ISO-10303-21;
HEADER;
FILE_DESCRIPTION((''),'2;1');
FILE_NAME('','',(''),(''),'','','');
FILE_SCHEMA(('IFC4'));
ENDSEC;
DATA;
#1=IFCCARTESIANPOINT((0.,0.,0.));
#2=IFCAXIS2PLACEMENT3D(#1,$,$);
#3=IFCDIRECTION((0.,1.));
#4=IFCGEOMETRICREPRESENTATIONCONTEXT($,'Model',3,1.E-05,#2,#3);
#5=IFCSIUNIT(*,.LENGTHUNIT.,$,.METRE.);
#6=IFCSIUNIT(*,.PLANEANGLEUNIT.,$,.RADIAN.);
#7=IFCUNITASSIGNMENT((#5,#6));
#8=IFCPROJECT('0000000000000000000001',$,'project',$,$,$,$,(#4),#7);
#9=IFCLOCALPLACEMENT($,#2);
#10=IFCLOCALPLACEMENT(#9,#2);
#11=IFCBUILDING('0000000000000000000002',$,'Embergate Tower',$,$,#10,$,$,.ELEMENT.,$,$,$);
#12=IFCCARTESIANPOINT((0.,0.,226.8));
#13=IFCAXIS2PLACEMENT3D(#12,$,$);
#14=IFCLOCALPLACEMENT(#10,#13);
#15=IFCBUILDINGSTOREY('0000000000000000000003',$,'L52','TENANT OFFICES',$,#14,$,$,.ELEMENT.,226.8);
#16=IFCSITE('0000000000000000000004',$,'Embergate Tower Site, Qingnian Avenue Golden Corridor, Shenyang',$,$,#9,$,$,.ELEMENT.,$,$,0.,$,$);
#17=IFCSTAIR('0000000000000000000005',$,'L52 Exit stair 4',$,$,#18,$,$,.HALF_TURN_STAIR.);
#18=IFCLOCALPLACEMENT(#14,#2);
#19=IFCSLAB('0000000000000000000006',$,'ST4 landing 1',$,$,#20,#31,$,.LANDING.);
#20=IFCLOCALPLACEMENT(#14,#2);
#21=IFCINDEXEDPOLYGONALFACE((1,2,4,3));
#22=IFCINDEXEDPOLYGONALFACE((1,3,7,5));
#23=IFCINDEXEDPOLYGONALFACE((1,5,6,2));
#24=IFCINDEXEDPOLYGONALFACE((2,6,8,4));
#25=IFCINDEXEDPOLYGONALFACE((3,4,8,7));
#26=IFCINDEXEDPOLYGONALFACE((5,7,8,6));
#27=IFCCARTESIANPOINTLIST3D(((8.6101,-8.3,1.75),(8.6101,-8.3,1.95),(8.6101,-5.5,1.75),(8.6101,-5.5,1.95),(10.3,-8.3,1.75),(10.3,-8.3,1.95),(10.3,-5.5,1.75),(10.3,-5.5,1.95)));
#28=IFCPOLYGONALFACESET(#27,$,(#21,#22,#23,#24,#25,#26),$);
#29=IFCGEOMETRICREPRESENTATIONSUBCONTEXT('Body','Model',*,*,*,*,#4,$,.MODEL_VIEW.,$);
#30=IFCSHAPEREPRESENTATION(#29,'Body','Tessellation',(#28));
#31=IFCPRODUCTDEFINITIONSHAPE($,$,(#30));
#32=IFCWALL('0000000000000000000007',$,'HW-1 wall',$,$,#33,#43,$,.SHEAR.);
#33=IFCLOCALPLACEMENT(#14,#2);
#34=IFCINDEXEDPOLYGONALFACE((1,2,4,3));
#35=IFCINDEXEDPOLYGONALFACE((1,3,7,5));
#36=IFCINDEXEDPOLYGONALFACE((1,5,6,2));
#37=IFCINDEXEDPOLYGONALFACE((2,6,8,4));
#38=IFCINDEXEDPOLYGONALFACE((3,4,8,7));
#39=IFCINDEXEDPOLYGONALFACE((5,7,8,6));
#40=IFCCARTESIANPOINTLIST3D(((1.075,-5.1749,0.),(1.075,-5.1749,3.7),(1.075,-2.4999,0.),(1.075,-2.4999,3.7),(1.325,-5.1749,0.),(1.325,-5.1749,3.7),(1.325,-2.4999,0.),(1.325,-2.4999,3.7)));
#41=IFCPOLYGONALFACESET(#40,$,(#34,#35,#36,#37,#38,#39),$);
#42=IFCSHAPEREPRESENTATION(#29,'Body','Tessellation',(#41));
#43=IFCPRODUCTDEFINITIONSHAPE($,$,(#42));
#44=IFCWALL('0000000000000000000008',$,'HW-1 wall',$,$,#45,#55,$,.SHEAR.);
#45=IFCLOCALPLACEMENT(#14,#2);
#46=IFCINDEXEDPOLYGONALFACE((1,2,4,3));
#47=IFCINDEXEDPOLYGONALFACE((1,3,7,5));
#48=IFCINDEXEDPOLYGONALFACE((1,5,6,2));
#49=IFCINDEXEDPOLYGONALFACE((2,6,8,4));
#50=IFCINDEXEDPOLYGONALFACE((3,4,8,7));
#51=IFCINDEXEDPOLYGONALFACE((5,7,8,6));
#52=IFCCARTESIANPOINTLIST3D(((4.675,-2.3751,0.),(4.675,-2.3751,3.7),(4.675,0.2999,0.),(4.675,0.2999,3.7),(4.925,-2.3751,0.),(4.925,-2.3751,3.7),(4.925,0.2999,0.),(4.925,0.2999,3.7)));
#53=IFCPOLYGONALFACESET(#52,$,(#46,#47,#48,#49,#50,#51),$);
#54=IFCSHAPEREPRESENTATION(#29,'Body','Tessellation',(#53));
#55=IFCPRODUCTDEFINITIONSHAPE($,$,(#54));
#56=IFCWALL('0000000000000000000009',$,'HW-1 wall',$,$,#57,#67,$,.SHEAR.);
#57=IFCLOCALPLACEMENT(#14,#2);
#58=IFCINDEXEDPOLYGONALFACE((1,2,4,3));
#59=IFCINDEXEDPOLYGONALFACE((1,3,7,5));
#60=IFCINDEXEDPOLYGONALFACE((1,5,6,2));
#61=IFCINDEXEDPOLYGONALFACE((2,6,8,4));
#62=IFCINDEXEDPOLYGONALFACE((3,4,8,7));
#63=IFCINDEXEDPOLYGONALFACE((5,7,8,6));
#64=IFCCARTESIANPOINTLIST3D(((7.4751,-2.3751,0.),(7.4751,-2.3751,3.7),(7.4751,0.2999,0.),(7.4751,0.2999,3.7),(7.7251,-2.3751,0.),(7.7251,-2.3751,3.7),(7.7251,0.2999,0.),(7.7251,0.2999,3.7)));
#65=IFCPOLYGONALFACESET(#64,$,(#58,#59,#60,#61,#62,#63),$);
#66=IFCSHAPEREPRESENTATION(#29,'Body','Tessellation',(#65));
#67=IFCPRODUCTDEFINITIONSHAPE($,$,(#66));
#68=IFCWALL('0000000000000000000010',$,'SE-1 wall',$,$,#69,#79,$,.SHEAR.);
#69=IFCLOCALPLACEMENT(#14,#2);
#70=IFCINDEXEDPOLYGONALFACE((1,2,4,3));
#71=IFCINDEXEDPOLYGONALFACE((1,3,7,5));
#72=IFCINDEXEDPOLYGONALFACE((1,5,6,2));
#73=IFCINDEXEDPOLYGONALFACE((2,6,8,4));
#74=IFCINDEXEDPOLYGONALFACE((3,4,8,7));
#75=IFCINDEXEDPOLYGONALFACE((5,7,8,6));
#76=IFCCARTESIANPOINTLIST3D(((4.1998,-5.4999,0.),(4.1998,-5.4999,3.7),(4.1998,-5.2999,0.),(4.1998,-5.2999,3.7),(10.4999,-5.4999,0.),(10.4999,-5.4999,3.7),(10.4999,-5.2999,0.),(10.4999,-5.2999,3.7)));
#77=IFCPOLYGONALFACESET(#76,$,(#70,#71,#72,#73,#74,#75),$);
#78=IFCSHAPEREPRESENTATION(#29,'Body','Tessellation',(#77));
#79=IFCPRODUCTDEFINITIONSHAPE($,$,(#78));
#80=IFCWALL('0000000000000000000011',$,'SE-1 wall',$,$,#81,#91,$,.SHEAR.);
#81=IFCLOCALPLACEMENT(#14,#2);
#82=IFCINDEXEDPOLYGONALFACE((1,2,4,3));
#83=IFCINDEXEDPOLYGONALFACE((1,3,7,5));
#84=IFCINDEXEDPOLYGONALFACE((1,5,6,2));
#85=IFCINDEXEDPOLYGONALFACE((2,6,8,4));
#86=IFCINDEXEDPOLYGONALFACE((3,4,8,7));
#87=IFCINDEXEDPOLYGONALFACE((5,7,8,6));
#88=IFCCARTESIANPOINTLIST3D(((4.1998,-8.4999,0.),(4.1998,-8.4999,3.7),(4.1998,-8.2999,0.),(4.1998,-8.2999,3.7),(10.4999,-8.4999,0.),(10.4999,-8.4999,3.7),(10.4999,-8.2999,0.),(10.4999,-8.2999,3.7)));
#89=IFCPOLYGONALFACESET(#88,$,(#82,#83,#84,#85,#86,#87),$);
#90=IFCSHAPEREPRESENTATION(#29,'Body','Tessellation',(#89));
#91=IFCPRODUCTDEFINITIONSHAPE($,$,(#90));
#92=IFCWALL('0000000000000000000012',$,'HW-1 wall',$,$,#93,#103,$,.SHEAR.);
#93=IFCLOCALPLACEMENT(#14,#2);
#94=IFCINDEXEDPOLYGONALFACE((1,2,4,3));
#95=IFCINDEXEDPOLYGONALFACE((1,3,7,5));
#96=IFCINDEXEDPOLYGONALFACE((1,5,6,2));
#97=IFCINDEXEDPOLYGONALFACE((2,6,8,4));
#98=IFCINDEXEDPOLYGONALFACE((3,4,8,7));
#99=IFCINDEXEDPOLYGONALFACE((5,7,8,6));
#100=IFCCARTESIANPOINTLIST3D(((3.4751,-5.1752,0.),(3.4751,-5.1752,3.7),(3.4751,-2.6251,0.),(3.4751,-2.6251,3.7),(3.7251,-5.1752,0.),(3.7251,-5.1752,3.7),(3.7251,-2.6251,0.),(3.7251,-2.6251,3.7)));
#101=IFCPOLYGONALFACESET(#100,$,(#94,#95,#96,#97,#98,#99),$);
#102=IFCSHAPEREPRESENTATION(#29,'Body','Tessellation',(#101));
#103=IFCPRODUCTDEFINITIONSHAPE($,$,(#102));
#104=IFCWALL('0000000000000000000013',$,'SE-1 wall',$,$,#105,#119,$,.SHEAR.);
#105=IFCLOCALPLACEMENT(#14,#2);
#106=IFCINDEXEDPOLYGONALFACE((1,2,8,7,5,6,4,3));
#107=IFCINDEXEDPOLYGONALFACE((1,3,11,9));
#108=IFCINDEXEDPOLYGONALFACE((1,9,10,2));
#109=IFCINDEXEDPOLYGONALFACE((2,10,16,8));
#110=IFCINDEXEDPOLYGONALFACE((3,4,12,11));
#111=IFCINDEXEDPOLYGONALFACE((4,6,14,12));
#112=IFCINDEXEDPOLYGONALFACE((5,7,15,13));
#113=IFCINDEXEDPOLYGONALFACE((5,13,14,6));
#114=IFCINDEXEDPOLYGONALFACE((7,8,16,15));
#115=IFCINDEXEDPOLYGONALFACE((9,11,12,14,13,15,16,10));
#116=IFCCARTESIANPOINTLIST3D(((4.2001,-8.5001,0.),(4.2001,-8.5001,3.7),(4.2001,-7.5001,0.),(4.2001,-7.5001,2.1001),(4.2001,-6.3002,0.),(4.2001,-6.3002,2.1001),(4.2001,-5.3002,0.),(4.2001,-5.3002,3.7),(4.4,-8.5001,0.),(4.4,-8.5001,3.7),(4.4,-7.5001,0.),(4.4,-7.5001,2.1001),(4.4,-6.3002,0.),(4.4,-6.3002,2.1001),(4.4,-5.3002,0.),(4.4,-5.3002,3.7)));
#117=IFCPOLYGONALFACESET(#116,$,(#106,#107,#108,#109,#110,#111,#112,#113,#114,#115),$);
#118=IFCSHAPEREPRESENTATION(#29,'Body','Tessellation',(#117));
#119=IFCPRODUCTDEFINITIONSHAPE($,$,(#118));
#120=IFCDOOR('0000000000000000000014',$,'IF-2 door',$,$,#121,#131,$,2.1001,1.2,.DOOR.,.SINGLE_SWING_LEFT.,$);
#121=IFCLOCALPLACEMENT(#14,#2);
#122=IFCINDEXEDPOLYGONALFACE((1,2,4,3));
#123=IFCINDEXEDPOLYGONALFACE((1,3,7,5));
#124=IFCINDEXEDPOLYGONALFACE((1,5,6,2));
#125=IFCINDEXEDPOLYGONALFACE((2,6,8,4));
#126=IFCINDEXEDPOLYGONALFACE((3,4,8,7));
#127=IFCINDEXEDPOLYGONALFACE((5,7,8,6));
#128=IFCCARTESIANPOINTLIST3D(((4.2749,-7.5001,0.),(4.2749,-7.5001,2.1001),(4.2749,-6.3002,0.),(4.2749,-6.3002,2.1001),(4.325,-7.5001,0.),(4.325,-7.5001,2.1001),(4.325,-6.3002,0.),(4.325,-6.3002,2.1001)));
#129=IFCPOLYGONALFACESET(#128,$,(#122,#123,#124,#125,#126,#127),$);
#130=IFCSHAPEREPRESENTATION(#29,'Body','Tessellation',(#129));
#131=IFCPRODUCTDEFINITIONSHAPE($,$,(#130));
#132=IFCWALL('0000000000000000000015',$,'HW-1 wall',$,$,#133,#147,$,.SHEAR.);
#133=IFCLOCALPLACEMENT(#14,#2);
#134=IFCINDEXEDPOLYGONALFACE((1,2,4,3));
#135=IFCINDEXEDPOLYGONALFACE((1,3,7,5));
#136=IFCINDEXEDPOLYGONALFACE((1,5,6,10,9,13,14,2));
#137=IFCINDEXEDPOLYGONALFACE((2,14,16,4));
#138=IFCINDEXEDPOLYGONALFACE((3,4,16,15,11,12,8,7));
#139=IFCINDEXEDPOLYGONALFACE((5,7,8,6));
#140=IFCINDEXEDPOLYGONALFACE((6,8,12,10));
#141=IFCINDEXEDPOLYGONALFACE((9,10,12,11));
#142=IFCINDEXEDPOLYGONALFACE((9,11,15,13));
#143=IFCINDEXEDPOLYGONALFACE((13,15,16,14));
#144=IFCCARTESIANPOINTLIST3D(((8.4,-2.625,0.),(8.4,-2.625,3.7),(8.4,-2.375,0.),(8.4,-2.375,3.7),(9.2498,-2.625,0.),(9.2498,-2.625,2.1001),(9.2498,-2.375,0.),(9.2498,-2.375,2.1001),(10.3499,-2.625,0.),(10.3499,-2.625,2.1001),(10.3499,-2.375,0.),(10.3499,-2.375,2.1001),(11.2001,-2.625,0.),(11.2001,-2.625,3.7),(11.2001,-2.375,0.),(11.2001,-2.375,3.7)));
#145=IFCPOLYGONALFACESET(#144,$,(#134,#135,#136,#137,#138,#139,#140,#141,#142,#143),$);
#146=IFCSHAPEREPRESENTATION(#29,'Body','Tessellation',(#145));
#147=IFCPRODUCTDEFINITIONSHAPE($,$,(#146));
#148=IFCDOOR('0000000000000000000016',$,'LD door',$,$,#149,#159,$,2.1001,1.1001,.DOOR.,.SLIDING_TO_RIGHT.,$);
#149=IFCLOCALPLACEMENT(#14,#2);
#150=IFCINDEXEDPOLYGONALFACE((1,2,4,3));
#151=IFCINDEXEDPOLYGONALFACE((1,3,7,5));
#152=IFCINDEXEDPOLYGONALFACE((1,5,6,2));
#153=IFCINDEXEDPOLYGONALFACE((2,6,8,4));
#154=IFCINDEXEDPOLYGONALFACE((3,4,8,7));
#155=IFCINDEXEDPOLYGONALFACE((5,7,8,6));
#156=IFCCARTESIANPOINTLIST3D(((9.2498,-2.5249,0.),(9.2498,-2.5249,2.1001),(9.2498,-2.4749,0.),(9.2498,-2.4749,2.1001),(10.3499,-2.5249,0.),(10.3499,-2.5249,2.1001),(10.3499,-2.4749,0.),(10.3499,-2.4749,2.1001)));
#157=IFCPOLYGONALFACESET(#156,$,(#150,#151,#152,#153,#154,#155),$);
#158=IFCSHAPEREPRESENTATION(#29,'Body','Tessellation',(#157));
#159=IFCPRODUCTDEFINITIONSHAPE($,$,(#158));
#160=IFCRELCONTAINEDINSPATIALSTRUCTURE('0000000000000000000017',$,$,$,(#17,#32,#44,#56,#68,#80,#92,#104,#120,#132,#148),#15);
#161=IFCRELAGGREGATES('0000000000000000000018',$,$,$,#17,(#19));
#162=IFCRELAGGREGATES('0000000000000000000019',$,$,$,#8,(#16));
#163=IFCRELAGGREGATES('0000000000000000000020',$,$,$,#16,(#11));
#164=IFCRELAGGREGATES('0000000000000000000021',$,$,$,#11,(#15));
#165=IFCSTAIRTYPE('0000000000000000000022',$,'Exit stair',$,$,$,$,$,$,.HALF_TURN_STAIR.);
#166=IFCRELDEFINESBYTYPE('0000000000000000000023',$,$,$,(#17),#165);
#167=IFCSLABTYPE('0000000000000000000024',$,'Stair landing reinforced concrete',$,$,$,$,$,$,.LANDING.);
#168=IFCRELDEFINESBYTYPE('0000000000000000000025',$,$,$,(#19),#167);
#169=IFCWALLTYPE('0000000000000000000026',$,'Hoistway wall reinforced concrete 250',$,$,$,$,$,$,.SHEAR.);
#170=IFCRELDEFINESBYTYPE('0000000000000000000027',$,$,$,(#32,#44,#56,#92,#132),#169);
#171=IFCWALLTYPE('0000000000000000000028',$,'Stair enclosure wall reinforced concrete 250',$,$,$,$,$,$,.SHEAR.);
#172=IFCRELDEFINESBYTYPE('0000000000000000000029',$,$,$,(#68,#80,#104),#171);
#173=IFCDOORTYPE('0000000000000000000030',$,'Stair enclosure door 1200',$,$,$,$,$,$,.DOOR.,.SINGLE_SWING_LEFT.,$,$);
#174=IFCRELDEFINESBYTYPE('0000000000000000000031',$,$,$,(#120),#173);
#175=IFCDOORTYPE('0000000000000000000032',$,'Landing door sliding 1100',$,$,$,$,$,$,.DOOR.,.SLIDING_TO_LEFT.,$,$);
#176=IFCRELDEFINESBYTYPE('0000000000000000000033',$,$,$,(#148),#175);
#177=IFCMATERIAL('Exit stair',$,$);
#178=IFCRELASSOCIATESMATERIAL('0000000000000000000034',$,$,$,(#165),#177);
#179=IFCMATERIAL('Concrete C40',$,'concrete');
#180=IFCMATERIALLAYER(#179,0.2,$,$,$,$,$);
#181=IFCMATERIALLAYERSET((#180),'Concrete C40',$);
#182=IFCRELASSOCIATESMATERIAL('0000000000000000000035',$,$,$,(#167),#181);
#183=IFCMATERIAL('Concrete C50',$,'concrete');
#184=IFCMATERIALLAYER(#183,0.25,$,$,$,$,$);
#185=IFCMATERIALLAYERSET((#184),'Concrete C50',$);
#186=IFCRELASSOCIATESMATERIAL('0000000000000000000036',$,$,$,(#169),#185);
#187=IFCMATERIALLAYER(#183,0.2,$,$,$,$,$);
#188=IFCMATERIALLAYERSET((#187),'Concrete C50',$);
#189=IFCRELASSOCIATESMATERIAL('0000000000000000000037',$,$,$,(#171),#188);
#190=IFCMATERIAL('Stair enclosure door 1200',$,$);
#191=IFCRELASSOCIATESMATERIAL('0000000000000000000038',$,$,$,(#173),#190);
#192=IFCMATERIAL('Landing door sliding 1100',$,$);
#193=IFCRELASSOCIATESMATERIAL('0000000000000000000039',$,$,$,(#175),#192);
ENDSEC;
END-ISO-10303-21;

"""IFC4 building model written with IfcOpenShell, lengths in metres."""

from ifc_helpers import new_model, si_unit, direction, frame, frame_2d, origin, place, context, subcontext, project, spatial, polyline, rectangle, outline, extrude, source, transform, mapped, material, layer, layer_set, type_object, element, fill, aggregate, save


model = new_model("IFC4")

# Units and contexts
model_context = context("Model", 3, precision=1e-05, world=origin(), true_north=direction((0.0, 1.0)))
body_context = subcontext(model_context, "Body", "Model", "MODEL_VIEW")
ifc_project = project(units=[si_unit("LENGTHUNIT", "METRE"), si_unit("PLANEANGLEUNIT", "RADIAN")], contexts=[model_context])

# Site, building, storey
site_placement = place(None, origin())
site = spatial("IfcSite", under=ifc_project, at=site_placement, Name="Embergate Tower Site, Qingnian Avenue Golden Corridor, Shenyang", CompositionType="ELEMENT", RefElevation=0.0)
building_placement = place(site_placement, origin())
building = spatial("IfcBuilding", under=site, at=building_placement, Name="Embergate Tower", CompositionType="ELEMENT")
storey_placement = place(building_placement, frame((0.0, 0.0, 226.8)))
storey = spatial("IfcBuildingStorey", under=building, at=storey_placement, Name="L52", Description="TENANT OFFICES", CompositionType="ELEMENT", Elevation=226.8)

# Stair, slab
ifc_material_1 = material(Name="Exit stair")
stair_type = type_object("IfcStairType", Name="Exit stair", PredefinedType="HALF_TURN_STAIR", material=ifc_material_1)
stair_placement = place(storey_placement, origin())
stair = element("IfcStair", 1, at=stair_placement, inside=storey, type_object=stair_type, Name="L52 Exit stair 4", PredefinedType="HALF_TURN_STAIR")
ifc_material_2 = material(Name="Concrete C40", Category="concrete")
ifc_layer_1 = layer(ifc_material_2, 0.2)
ifc_layer_set_1 = layer_set([ifc_layer_1], Name="Concrete C40")
slab_type = type_object("IfcSlabType", Name="Stair landing reinforced concrete", PredefinedType="LANDING", material=ifc_layer_set_1)
shared_shape_1 = source(origin(), body_context, "Body", "SweptSolid", [
    extrude(outline(polyline([(0.0, 0.0), (1.6899, 0.0), (1.6899, 2.8), (0.0, 2.8), (0.0, 0.0)])), origin(), (0.0, 0.0, 1.0), 0.2),
])
slab_placement = place(storey_placement, frame((8.6101, -8.3, 1.75)))
slab = element("IfcSlab", 2, at=slab_placement, type_object=slab_type, Name="ST4 landing 1", PredefinedType="LANDING", context=body_context, shape_type="MappedRepresentation", body=[
    mapped(shared_shape_1, transform((0.0, 0.0, 0.0))),
])

# Walls
ifc_material_3 = material(Name="Concrete C50", Category="concrete")
ifc_layer_2 = layer(ifc_material_3, 0.25)
ifc_layer_set_2 = layer_set([ifc_layer_2], Name="Concrete C50")
wall_type_1 = type_object("IfcWallType", Name="Hoistway wall reinforced concrete 250", PredefinedType="SHEAR", material=ifc_layer_set_2)
shared_shape_2 = source(origin(), body_context, "Body", "SweptSolid", [
    extrude(rectangle(XDim=2.675, YDim=0.25, at=frame_2d((1.3374, 0.0))), origin(), (0.0, 0.0, 1.0), 3.7),
])
for number, where, z_axis, x_axis, name in (
    (3, (1.2, -2.5, 0.0), (0.0, 0.0, 1.0), (0.0, -1.0, 0.0), "HW-1 wall"),
    (4, (4.8, -2.375, 0.0), (0.0, 0.0, 1.0), (0.0, 1.0, 0.0), "HW-1 wall"),
    (5, (7.6001, -2.375, 0.0), (0.0, 0.0, 1.0), (0.0, 1.0, 0.0), "HW-1 wall"),
):
    element("IfcWall", number, at=place(storey_placement, frame(where, z_axis=z_axis, x_axis=x_axis)), inside=storey, type_object=wall_type_1, Name=name, PredefinedType="SHEAR", context=body_context, shape_type="MappedRepresentation", body=[
        mapped(shared_shape_2, transform((0.0, 0.0, 0.0))),
    ])
ifc_layer_3 = layer(ifc_material_3, 0.2)
ifc_layer_set_3 = layer_set([ifc_layer_3], Name="Concrete C50")
wall_type_2 = type_object("IfcWallType", Name="Stair enclosure wall reinforced concrete 250", PredefinedType="SHEAR", material=ifc_layer_set_3)
shared_shape_3 = source(origin(), body_context, "Body", "SweptSolid", [
    extrude(rectangle(XDim=6.3, YDim=0.2, at=frame_2d((3.1499, 0.0))), origin(), (0.0, 0.0, 1.0), 3.7),
])
for number, where, z_axis, x_axis, name in (
    (6, (4.2, -5.3999, 0.0), (0.0, 0.0, 1.0), (1.0, 0.0, 0.0), "SE-1 wall"),
    (7, (4.2, -8.3999, 0.0), (0.0, 0.0, 1.0), (1.0, 0.0, 0.0), "SE-1 wall"),
):
    element("IfcWall", number, at=place(storey_placement, frame(where, z_axis=z_axis, x_axis=x_axis)), inside=storey, type_object=wall_type_2, Name=name, PredefinedType="SHEAR", context=body_context, shape_type="MappedRepresentation", body=[
        mapped(shared_shape_3, transform((0.0, 0.0, 0.0))),
    ])
shared_shape_4 = source(origin(), body_context, "Body", "SweptSolid", [
    extrude(rectangle(XDim=2.55, YDim=0.25, at=frame_2d((1.2749, 0.0))), origin(), (0.0, 0.0, 1.0), 3.7),
])
wall_1_placement = place(storey_placement, frame((3.6001, -5.175, 0.0), z_axis=(0.0, 0.0, 1.0), x_axis=(0.0, 1.0, 0.0)))
element("IfcWall", 8, at=wall_1_placement, inside=storey, type_object=wall_type_1, Name="HW-1 wall", PredefinedType="SHEAR", context=body_context, shape_type="MappedRepresentation", body=[
    mapped(shared_shape_4, transform((0.0, 0.0, 0.0))),
])

# Walls, openings, doors
shared_shape_5 = source(origin(), body_context, "Body", "SweptSolid", [
    extrude(rectangle(XDim=3.2, YDim=0.2, at=frame_2d((1.6001, 0.0))), origin(), (0.0, 0.0, 1.0), 3.7),
])
wall_2_placement = place(storey_placement, frame((4.3, -5.3, 0.0), z_axis=(0.0, 0.0, 1.0), x_axis=(0.0, -1.0, 0.0)))
wall_2 = element("IfcWall", 9, at=wall_2_placement, inside=storey, type_object=wall_type_2, Name="SE-1 wall", PredefinedType="SHEAR", context=body_context, shape_type="MappedRepresentation", body=[
    mapped(shared_shape_5, transform((0.0, 0.0, 0.0))),
])
shared_shape_6 = source(origin(), body_context, "Body", "SweptSolid", [
    extrude(rectangle(XDim=1.2, YDim=2.1001, at=frame_2d((0.6001, 1.05))), frame((0.0, 0.1099, 0.0), z_axis=(0.0, -1.0, 0.0), x_axis=(1.0, 0.0, 0.0)), (0.0, 0.0, 1.0), 0.22),
])
opening_1_placement = place(wall_2_placement, frame((1.0, 0.0, 0.0)))
opening_1 = element("IfcOpeningElement", 10, at=opening_1_placement, cuts=wall_2, PredefinedType="OPENING", context=body_context, shape_type="MappedRepresentation", body=[
    mapped(shared_shape_6, transform((0.0, 0.0, 0.0))),
])
ifc_material_4 = material(Name="Stair enclosure door 1200")
door_type_1 = type_object("IfcDoorType", Name="Stair enclosure door 1200", OperationType="SINGLE_SWING_LEFT", PredefinedType="DOOR", material=ifc_material_4)
shared_shape_7 = source(origin(), body_context, "Body", "SweptSolid", [
    extrude(rectangle(XDim=1.2, YDim=2.1001, at=frame_2d((0.6001, 1.05))), frame((0.0, 0.0249, 0.0), z_axis=(0.0, -1.0, 0.0), x_axis=(1.0, 0.0, 0.0)), (0.0, 0.0, 1.0), 0.05),
])
door_1_placement = place(opening_1_placement, origin())
door_1 = element("IfcDoor", 11, at=door_1_placement, inside=storey, type_object=door_type_1, Name="IF-2 door", OperationType="SINGLE_SWING_LEFT", OverallHeight=2.1001, OverallWidth=1.2, PredefinedType="DOOR", context=body_context, shape_type="MappedRepresentation", body=[
    mapped(shared_shape_7, transform((0.0, 0.0, 0.0))),
])
fill(opening_1, door_1)
shared_shape_8 = source(origin(), body_context, "Body", "SweptSolid", [
    extrude(rectangle(XDim=2.8, YDim=0.25, at=frame_2d((1.3999, 0.0))), origin(), (0.0, 0.0, 1.0), 3.7),
])
wall_3_placement = place(storey_placement, frame((11.2, -2.5, 0.0), z_axis=(0.0, 0.0, 1.0), x_axis=(-1.0, 0.0, 0.0)))
wall_3 = element("IfcWall", 12, at=wall_3_placement, inside=storey, type_object=wall_type_1, Name="HW-1 wall", PredefinedType="SHEAR", context=body_context, shape_type="MappedRepresentation", body=[
    mapped(shared_shape_8, transform((0.0, 0.0, 0.0))),
])
shared_shape_9 = source(origin(), body_context, "Body", "SweptSolid", [
    extrude(rectangle(XDim=1.1001, YDim=2.1001, at=frame_2d((0.55, 1.05))), frame((0.0, 0.135, 0.0), z_axis=(0.0, -1.0, 0.0), x_axis=(1.0, 0.0, 0.0)), (0.0, 0.0, 1.0), 0.27),
])
opening_2_placement = place(wall_3_placement, frame((0.8501, 0.0, 0.0)))
opening_2 = element("IfcOpeningElement", 13, at=opening_2_placement, cuts=wall_3, PredefinedType="OPENING", context=body_context, shape_type="MappedRepresentation", body=[
    mapped(shared_shape_9, transform((0.0, 0.0, 0.0))),
])
ifc_material_5 = material(Name="Landing door sliding 1100")
door_type_2 = type_object("IfcDoorType", Name="Landing door sliding 1100", OperationType="SLIDING_TO_LEFT", PredefinedType="DOOR", material=ifc_material_5)
shared_shape_10 = source(origin(), body_context, "Body", "SweptSolid", [
    extrude(rectangle(XDim=1.1001, YDim=2.1001, at=frame_2d((0.55, 1.05))), frame((0.0, 0.0249, 0.0), z_axis=(0.0, -1.0, 0.0), x_axis=(1.0, 0.0, 0.0)), (0.0, 0.0, 1.0), 0.05),
])
door_2_placement = place(opening_2_placement, origin())
door_2 = element("IfcDoor", 14, at=door_2_placement, inside=storey, type_object=door_type_2, Name="LD door", OperationType="SLIDING_TO_RIGHT", OverallHeight=2.1001, OverallWidth=1.1001, PredefinedType="DOOR", context=body_context, shape_type="MappedRepresentation", body=[
    mapped(shared_shape_10, transform((0.0, 0.0, 0.0))),
])
fill(opening_2, door_2)

aggregate(stair, [slab])

save(model, "model.ifc")
